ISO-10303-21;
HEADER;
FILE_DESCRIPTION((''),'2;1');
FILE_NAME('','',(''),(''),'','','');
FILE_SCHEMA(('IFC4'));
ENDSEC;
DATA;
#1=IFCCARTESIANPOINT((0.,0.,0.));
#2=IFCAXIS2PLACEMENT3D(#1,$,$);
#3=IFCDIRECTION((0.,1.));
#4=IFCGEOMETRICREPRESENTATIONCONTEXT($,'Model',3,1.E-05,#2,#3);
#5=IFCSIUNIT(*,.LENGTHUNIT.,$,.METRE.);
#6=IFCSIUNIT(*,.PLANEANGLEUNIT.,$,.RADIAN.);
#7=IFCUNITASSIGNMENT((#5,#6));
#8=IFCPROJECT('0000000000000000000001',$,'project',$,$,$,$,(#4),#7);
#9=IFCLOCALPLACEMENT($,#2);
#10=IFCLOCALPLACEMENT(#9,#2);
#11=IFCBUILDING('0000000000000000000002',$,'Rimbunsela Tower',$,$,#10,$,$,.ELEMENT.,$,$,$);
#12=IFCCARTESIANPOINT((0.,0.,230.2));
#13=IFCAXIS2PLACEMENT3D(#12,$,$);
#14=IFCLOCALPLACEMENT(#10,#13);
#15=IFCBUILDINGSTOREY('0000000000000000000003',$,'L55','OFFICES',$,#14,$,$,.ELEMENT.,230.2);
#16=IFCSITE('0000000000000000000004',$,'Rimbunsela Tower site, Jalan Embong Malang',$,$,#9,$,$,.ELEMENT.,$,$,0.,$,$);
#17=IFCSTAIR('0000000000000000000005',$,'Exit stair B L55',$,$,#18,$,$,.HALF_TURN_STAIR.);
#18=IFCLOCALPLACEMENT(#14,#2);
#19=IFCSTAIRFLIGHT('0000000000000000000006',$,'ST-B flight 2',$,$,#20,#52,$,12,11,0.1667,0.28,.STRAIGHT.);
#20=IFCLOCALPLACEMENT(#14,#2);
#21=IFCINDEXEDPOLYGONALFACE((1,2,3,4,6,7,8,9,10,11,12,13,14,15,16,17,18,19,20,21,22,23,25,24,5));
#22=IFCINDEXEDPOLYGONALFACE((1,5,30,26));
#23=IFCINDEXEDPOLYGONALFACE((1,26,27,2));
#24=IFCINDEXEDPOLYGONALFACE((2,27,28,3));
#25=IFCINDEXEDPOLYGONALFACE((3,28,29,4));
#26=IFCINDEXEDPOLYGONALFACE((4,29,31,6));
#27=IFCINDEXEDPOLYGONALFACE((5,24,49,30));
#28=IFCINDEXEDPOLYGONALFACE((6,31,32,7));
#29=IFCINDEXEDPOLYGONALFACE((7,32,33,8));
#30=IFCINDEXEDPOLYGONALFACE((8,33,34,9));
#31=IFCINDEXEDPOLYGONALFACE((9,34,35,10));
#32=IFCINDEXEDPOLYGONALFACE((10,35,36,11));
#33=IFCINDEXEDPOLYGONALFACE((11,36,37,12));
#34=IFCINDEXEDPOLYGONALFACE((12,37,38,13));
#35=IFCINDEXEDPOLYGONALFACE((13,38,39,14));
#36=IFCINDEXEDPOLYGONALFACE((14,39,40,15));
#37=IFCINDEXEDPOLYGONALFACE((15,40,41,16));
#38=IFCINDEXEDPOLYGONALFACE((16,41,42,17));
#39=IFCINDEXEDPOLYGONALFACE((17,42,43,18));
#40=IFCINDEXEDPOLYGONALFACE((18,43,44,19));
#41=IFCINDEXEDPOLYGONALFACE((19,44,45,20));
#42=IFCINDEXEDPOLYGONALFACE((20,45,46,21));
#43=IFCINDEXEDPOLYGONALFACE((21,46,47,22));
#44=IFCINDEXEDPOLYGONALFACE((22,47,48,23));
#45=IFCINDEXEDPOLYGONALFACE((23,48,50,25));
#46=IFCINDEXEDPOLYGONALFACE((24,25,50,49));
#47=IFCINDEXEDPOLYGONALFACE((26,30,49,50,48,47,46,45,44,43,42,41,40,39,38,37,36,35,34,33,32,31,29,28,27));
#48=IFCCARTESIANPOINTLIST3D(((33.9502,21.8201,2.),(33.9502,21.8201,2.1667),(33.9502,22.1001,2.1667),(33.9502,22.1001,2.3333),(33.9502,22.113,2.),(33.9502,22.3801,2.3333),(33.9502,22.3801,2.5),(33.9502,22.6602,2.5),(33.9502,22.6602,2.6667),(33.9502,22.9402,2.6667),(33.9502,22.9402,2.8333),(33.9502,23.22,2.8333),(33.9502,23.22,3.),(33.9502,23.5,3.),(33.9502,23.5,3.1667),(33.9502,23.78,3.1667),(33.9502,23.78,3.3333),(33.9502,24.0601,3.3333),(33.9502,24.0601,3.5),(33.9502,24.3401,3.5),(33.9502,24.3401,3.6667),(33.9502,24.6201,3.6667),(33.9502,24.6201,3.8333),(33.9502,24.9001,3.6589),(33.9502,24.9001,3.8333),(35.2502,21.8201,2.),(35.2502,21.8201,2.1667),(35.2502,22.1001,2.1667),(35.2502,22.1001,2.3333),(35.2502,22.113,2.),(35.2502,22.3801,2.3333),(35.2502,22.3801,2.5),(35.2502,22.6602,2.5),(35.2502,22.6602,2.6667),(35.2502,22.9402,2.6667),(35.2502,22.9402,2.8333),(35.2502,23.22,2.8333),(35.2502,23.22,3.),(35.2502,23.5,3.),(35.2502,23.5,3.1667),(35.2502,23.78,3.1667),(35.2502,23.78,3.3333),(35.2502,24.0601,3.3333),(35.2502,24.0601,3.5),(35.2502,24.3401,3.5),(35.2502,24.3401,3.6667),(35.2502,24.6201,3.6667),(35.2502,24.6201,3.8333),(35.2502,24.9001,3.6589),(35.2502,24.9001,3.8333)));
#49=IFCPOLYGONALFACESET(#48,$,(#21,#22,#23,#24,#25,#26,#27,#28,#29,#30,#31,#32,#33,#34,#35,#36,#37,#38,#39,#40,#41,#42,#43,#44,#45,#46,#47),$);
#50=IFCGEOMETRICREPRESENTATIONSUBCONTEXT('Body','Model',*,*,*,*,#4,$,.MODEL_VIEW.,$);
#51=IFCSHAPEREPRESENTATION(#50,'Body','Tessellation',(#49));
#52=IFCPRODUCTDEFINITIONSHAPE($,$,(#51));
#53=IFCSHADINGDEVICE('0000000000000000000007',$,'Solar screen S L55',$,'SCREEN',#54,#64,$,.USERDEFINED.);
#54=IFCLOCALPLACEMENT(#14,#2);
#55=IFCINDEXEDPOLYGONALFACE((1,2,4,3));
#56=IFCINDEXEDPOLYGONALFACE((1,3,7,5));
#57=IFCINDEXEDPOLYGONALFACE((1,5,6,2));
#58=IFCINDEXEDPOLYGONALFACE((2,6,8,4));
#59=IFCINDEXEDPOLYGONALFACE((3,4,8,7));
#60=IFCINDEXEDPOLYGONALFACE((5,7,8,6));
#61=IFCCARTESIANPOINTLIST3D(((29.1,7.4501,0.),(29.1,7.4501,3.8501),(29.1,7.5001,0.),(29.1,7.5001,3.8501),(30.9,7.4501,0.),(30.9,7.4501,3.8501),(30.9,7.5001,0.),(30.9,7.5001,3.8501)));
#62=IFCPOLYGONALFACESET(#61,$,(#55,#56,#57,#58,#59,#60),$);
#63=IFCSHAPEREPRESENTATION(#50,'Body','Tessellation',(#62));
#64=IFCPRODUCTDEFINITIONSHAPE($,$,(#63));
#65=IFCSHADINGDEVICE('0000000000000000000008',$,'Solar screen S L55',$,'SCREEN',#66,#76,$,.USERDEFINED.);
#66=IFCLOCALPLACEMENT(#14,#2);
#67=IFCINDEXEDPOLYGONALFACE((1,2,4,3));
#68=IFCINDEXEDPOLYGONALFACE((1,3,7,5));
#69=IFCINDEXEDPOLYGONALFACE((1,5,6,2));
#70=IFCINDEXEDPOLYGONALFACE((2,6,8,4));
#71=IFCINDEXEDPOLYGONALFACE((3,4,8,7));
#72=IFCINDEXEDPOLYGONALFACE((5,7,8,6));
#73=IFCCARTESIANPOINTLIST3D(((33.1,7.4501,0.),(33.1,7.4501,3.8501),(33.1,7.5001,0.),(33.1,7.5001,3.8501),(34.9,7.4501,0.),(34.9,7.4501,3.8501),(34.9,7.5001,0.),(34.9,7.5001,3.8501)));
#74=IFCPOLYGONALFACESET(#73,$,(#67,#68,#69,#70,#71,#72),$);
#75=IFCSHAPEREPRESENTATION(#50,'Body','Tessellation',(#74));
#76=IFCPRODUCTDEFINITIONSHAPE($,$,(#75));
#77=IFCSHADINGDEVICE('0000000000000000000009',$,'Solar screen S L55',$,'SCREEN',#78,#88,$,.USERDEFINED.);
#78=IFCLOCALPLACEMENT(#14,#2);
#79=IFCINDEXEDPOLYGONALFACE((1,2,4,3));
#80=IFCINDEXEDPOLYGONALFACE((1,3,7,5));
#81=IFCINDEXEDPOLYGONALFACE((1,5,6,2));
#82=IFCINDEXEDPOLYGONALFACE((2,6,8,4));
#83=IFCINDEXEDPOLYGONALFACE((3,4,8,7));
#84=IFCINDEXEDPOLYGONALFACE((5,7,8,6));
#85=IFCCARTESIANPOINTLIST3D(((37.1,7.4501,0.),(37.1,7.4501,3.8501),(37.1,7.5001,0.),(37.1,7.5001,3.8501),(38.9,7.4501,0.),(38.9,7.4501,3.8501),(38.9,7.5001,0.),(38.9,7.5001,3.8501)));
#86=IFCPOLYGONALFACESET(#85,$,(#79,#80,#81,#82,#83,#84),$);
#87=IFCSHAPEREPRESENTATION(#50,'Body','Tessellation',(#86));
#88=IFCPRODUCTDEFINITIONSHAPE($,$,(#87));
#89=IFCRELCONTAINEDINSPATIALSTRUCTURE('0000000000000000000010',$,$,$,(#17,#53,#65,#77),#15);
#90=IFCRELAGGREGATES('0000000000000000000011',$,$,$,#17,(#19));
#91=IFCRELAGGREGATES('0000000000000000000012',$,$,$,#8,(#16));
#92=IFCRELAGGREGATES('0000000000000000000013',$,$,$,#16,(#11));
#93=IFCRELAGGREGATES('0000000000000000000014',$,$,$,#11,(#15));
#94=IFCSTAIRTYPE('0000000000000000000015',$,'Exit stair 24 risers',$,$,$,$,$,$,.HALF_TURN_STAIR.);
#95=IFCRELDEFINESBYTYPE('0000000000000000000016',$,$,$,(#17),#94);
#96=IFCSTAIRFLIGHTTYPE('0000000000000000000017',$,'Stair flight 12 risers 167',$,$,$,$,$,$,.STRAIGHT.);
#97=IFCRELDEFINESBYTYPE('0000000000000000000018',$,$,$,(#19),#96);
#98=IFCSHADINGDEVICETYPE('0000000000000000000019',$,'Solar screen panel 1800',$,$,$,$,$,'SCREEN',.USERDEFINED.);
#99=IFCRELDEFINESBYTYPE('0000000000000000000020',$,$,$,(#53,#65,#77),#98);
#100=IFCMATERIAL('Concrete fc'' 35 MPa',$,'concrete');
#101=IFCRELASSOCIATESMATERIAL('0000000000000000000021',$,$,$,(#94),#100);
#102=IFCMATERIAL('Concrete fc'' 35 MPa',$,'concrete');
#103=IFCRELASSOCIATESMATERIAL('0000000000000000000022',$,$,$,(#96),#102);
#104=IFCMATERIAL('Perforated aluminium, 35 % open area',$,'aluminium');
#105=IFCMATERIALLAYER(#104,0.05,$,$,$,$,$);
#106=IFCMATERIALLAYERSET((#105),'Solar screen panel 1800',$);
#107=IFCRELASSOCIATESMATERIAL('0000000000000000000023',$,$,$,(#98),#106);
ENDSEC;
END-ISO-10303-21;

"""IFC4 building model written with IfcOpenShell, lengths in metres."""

from ifc_helpers import new_model, si_unit, direction, frame, origin, origin_2d, place, context, subcontext, project, spatial, polyline, rectangle, outline, extrude, material, layer, layer_set, type_object, element, aggregate, save


model = new_model("IFC4")

# Units and contexts
model_context = context("Model", 3, precision=1e-05, world=origin(), true_north=direction((0.0, 1.0)))
body_context = subcontext(model_context, "Body", "Model", "MODEL_VIEW")
ifc_project = project(units=[si_unit("LENGTHUNIT", "METRE"), si_unit("PLANEANGLEUNIT", "RADIAN")], contexts=[model_context])

# Site, building, storey
site_placement = place(None, origin())
site = spatial("IfcSite", under=ifc_project, at=site_placement, Name="Rimbunsela Tower site, Jalan Embong Malang", CompositionType="ELEMENT", RefElevation=0.0)
building_placement = place(site_placement, origin())
building = spatial("IfcBuilding", under=site, at=building_placement, Name="Rimbunsela Tower", CompositionType="ELEMENT")
storey_placement = place(building_placement, frame((0.0, 0.0, 230.2)))
storey = spatial("IfcBuildingStorey", under=building, at=storey_placement, Name="L55", Description="OFFICES", CompositionType="ELEMENT", Elevation=230.2)

# Stair, stair flight
ifc_material_1 = material(Name="Concrete fc' 35 MPa", Category="concrete")
stair_type = type_object("IfcStairType", Name="Exit stair 24 risers", PredefinedType="HALF_TURN_STAIR", material=ifc_material_1)
stair_placement = place(storey_placement, origin())
stair = element("IfcStair", 1, at=stair_placement, inside=storey, type_object=stair_type, Name="Exit stair B L55", PredefinedType="HALF_TURN_STAIR")
ifc_material_2 = material(Name="Concrete fc' 35 MPa", Category="concrete")
stair_flight_type = type_object("IfcStairFlightType", Name="Stair flight 12 risers 167", PredefinedType="STRAIGHT", material=ifc_material_2)
stair_flight_placement = place(storey_placement, frame((34.6001, 21.8201, 2.0), z_axis=(0.0, 0.0, 1.0), x_axis=(0.0, 1.0, 0.0)))
stair_flight = element("IfcStairFlight", 2, at=stair_flight_placement, type_object=stair_flight_type, Name="ST-B flight 2", NumberOfRisers=12, NumberOfTreads=11, PredefinedType="STRAIGHT", RiserHeight=0.1667, TreadLength=0.28, context=body_context, shape_type="SweptSolid", body=[
    extrude(outline(polyline([(0.0, 0.0), (0.0, 0.1667), (0.28, 0.1667), (0.28, 0.3333), (0.5601, 0.3333), (0.5601, 0.5), (0.8401, 0.5), (0.8401, 0.6667), (1.1201, 0.6667), (1.1201, 0.8333), (1.3999, 0.8333), (1.3999, 1.0), (1.6799, 1.0), (1.6799, 1.1667), (1.96, 1.1667), (1.96, 1.3333), (2.24, 1.3333), (2.24, 1.5), (2.52, 1.5), (2.52, 1.6667), (2.8, 1.6667), (2.8, 1.8333), (3.0801, 1.8333), (3.0801, 2.0), (3.0801, 1.6589), (0.293, 0.0), (0.0, 0.0)])), frame((0.0, 0.6499, 0.0), z_axis=(0.0, -1.0, 0.0), x_axis=(1.0, 0.0, 0.0)), (0.0, 0.0, 1.0), 1.3),
])
aggregate(stair, [stair_flight])

# Shading devices
ifc_material_3 = material(Name="Perforated aluminium, 35 % open area", Category="aluminium")
ifc_layer_1 = layer(ifc_material_3, 0.05)
ifc_layer_set_1 = layer_set([ifc_layer_1], Name="Solar screen panel 1800")
shading_device_type = type_object("IfcShadingDeviceType", Name="Solar screen panel 1800", ElementType="SCREEN", PredefinedType="USERDEFINED", material=ifc_layer_set_1)
for number, where, z_axis, x_axis, name in (
    (3, (30.0, 7.4751, 0.0), (0.0, 0.0, 1.0), (1.0, 0.0, 0.0), "Solar screen S L55"),
    (4, (34.0, 7.4751, 0.0), (0.0, 0.0, 1.0), (1.0, 0.0, 0.0), "Solar screen S L55"),
    (5, (38.0, 7.4751, 0.0), (0.0, 0.0, 1.0), (1.0, 0.0, 0.0), "Solar screen S L55"),
):
    element("IfcShadingDevice", number, at=place(storey_placement, frame(where, z_axis=z_axis, x_axis=x_axis)), inside=storey, type_object=shading_device_type, Name=name, ObjectType="SCREEN", PredefinedType="USERDEFINED", context=body_context, shape_type="SweptSolid", body=[
        extrude(rectangle(XDim=1.8, YDim=0.05, at=origin_2d()), origin(), (0.0, 0.0, 1.0), 3.8501),
    ])

save(model, "model.ifc")
